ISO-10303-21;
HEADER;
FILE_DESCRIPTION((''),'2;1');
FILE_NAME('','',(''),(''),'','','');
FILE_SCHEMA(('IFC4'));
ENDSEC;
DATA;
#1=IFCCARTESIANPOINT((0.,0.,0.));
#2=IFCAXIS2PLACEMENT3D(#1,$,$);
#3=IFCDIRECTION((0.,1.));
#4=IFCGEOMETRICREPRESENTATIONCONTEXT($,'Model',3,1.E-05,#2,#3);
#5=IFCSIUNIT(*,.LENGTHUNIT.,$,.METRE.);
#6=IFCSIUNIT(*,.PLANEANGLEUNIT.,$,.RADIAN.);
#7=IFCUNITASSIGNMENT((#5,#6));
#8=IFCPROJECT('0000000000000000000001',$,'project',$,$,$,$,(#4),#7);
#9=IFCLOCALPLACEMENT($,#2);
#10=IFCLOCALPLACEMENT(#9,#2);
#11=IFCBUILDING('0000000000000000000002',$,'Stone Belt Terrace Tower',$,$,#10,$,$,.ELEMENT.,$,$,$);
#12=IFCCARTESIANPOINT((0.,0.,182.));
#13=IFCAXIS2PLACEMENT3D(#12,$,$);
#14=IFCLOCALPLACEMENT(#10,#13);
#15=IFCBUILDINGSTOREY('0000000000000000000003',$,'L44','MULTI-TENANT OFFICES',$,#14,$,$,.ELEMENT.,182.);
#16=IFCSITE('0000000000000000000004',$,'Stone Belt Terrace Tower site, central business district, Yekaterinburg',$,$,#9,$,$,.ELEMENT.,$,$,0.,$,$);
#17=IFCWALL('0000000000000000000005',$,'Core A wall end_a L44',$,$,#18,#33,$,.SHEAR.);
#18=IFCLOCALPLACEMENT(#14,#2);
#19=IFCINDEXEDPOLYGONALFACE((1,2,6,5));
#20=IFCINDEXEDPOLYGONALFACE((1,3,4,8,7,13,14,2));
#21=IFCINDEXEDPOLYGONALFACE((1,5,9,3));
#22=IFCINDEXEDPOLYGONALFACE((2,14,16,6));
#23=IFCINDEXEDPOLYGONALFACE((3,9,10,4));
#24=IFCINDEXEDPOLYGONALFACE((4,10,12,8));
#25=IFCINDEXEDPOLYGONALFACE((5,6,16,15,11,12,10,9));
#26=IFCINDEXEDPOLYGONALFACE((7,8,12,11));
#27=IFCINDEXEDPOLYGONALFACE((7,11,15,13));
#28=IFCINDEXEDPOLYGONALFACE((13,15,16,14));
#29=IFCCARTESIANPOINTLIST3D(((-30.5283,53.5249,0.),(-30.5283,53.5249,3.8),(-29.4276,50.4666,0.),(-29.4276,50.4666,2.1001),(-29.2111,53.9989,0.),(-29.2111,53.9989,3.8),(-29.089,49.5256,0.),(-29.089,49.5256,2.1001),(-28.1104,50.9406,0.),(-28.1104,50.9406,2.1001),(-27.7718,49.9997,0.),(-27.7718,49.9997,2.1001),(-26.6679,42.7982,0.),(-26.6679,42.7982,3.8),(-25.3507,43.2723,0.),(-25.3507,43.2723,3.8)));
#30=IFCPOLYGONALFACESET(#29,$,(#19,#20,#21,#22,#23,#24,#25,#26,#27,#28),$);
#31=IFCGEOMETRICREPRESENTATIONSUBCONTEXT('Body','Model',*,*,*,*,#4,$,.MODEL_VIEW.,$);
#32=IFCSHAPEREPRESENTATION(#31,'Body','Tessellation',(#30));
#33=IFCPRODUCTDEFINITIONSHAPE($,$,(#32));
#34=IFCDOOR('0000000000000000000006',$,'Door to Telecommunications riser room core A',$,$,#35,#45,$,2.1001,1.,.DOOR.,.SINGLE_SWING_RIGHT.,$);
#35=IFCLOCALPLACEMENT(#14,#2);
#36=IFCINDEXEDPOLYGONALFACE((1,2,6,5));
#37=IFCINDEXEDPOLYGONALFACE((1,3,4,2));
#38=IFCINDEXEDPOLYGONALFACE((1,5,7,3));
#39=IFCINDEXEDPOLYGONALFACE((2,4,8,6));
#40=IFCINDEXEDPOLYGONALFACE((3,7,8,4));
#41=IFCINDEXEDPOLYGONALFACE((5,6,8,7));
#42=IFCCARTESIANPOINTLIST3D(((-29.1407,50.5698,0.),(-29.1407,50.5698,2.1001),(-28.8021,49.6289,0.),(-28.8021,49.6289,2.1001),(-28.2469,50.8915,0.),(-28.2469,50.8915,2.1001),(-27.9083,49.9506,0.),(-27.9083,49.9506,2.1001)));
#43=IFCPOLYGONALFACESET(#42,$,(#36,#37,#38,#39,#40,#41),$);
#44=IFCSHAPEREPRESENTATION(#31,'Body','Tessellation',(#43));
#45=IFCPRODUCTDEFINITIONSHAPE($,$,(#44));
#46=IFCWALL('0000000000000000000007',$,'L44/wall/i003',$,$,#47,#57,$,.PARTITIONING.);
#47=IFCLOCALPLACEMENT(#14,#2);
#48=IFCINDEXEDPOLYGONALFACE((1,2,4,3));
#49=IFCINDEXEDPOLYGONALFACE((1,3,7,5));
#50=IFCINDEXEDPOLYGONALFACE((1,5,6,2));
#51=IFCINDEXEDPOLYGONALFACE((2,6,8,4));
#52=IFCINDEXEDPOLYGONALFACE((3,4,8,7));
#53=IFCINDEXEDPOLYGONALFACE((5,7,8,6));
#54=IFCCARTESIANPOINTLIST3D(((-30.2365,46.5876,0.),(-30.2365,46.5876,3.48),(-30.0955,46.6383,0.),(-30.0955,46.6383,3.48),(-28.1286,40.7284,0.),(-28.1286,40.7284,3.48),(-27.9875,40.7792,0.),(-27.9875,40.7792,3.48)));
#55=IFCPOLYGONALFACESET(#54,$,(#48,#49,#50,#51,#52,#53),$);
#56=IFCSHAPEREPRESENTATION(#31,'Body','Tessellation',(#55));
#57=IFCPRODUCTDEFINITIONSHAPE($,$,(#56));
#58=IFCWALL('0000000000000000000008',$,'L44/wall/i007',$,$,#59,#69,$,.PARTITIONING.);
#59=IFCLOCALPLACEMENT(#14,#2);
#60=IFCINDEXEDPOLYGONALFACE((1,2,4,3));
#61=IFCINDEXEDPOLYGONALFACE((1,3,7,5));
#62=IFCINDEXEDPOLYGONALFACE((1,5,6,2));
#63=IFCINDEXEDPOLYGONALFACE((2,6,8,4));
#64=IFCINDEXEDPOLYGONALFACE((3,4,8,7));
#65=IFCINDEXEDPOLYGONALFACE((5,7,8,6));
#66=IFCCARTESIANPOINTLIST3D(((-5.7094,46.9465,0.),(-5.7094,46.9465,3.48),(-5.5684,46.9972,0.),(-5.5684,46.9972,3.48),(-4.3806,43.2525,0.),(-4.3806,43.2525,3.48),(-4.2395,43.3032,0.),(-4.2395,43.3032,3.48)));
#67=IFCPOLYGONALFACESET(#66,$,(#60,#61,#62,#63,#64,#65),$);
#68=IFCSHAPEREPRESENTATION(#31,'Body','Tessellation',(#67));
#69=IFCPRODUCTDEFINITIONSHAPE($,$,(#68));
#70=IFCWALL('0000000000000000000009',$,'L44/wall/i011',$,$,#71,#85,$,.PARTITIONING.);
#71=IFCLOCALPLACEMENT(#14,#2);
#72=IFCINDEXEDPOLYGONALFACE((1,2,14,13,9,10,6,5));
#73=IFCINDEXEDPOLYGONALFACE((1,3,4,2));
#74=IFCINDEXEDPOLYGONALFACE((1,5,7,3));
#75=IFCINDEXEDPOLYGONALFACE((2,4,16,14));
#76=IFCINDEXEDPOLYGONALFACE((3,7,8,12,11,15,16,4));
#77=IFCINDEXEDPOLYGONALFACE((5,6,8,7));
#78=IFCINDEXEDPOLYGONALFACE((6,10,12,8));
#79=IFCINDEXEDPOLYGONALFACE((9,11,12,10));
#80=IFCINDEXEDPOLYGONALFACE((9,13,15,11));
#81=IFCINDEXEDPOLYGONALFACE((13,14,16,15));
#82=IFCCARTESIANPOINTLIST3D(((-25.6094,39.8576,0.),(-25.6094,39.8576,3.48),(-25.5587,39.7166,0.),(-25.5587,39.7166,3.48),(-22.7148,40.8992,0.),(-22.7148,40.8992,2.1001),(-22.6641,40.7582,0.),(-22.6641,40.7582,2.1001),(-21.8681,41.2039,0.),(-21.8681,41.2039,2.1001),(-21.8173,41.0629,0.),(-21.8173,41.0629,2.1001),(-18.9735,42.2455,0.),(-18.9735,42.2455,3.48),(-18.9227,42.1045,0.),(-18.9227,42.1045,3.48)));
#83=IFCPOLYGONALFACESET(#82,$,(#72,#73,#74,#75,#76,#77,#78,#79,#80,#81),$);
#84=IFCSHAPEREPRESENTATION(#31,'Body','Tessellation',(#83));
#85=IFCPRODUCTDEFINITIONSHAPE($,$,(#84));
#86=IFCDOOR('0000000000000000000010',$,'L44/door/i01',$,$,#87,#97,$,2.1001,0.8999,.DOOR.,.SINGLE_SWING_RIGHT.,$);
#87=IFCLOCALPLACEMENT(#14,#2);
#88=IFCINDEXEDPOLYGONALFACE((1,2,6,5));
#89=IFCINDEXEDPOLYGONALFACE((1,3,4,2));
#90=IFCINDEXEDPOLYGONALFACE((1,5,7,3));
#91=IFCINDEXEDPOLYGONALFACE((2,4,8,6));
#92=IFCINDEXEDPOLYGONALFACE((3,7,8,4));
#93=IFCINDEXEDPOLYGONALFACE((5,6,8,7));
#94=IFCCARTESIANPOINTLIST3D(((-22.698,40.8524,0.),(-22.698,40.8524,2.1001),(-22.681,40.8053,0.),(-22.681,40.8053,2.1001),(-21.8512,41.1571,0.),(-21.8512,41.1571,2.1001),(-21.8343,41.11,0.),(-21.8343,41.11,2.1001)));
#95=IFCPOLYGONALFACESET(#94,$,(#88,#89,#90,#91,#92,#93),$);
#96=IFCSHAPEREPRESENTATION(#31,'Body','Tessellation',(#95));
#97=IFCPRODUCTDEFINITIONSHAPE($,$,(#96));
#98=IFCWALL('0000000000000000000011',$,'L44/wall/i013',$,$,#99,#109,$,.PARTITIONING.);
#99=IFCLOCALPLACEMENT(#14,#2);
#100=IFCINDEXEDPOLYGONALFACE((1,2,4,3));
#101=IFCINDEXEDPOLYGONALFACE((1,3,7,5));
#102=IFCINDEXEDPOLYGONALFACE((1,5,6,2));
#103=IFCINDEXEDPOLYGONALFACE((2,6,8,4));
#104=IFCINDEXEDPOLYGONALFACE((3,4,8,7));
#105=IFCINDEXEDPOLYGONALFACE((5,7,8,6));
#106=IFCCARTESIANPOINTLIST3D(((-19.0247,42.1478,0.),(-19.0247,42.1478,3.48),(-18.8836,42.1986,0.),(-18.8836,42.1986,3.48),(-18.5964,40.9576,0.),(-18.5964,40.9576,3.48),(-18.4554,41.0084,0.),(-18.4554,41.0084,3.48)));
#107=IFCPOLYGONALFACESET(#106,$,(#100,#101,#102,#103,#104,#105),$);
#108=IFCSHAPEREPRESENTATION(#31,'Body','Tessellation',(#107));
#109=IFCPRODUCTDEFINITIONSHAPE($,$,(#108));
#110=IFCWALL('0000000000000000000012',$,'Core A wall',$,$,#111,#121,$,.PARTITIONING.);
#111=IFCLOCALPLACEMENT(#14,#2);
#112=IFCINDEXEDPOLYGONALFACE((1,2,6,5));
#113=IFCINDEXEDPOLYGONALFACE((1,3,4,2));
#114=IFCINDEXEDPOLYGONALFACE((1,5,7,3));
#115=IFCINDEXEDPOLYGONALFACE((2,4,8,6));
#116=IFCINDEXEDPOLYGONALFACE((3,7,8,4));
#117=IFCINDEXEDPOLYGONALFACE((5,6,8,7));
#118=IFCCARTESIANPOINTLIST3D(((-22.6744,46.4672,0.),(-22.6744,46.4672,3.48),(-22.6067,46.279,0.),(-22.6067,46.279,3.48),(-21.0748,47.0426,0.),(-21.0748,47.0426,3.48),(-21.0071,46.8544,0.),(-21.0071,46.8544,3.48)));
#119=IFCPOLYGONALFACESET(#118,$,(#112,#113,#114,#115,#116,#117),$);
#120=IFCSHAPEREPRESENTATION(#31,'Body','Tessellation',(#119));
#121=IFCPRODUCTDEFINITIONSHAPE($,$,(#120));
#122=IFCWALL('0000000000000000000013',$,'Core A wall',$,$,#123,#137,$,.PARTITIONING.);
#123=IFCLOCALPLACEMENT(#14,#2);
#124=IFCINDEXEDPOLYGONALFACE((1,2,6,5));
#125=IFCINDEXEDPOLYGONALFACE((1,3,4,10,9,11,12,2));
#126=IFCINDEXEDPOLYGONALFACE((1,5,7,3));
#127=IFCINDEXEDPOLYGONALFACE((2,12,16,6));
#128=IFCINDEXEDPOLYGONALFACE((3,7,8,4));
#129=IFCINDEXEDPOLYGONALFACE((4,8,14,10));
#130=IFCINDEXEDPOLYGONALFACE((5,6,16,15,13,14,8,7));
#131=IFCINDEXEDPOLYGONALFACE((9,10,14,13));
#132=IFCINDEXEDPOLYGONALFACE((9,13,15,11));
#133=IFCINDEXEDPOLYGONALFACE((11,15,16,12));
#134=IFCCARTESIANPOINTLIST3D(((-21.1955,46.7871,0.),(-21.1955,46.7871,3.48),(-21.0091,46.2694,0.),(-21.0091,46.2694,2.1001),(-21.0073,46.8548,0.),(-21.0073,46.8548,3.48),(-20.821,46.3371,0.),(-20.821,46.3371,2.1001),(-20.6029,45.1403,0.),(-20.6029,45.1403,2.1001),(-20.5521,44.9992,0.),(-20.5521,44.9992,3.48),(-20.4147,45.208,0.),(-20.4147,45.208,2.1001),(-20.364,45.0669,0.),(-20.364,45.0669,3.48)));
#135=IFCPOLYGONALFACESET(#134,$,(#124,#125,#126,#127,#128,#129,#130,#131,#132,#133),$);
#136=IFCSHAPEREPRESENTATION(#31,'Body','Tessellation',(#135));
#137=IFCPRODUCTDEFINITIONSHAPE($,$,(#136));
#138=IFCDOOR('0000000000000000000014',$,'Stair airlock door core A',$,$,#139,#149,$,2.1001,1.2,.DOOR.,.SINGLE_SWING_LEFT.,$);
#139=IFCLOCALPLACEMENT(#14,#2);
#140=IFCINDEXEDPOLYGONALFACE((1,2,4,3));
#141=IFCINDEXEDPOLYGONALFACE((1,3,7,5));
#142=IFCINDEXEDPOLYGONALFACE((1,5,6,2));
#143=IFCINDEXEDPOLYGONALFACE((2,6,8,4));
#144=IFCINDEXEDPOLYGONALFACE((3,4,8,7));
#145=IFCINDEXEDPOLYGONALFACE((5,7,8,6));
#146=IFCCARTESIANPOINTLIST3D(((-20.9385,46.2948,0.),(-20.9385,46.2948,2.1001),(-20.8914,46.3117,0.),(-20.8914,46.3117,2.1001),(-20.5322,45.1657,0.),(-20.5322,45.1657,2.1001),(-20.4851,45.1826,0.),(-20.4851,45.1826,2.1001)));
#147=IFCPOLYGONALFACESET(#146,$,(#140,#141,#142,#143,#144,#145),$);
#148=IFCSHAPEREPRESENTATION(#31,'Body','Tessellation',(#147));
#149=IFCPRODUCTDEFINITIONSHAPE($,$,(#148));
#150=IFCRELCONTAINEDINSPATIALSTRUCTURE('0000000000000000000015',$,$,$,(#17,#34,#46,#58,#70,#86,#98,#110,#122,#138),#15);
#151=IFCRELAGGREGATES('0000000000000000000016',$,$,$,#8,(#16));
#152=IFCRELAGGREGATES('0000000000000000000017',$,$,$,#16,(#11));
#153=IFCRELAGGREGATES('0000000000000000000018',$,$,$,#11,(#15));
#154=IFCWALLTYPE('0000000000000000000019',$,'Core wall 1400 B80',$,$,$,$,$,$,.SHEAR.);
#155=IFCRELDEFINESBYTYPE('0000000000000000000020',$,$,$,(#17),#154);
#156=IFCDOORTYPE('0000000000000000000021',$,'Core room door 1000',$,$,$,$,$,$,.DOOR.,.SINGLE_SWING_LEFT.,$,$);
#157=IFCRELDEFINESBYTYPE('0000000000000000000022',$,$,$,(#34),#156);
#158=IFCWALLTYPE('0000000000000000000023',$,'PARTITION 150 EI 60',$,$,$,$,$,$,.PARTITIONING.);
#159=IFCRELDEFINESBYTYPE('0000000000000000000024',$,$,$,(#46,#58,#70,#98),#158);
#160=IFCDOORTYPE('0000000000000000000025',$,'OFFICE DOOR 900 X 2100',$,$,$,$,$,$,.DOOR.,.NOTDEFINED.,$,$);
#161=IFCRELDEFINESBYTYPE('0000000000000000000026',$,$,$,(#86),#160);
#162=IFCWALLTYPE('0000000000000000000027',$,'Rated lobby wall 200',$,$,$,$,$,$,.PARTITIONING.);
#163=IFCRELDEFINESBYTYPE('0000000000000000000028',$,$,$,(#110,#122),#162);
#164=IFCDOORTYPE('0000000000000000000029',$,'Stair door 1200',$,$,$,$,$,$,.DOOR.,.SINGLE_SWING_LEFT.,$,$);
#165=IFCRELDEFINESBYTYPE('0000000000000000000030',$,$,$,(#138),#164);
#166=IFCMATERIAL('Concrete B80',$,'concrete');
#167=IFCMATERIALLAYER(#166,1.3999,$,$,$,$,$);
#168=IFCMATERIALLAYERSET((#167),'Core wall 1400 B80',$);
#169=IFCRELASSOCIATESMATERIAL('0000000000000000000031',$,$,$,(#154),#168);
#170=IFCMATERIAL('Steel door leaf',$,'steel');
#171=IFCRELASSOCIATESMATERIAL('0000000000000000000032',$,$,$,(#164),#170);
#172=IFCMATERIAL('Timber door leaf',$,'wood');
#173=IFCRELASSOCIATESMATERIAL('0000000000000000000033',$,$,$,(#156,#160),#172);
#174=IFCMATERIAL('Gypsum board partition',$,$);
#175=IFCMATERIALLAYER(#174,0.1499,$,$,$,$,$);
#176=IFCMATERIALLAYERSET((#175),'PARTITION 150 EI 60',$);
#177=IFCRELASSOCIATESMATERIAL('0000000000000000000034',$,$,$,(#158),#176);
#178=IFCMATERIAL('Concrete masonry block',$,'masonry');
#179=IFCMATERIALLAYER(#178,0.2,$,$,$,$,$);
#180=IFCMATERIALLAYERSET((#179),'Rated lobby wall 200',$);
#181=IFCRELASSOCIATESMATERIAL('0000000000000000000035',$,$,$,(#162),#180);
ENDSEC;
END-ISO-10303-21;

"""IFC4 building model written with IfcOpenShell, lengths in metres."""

from ifc_helpers import new_model, si_unit, direction, frame, frame_2d, origin, place, context, subcontext, project, spatial, rectangle, extrude, material, layer, layer_set, type_object, element, fill, save


model = new_model("IFC4")

# Units and contexts
model_context = context("Model", 3, precision=1e-05, world=origin(), true_north=direction((0.0, 1.0)))
body_context = subcontext(model_context, "Body", "Model", "MODEL_VIEW")
ifc_project = project(units=[si_unit("LENGTHUNIT", "METRE"), si_unit("PLANEANGLEUNIT", "RADIAN")], contexts=[model_context])

# Site, building, storey
site_placement = place(None, origin())
site = spatial("IfcSite", under=ifc_project, at=site_placement, Name="Stone Belt Terrace Tower site, central business district, Yekaterinburg", CompositionType="ELEMENT", RefElevation=0.0)
building_placement = place(site_placement, origin())
building = spatial("IfcBuilding", under=site, at=building_placement, Name="Stone Belt Terrace Tower", CompositionType="ELEMENT")
storey_placement = place(building_placement, frame((0.0, 0.0, 182.0)))
storey = spatial("IfcBuildingStorey", under=building, at=storey_placement, Name="L44", Description="MULTI-TENANT OFFICES", CompositionType="ELEMENT", Elevation=182.0)

# Shared definitions
ifc_material_1 = material(Name="Concrete B80", Category="concrete")

# Shared definitions
ifc_layer_1 = layer(ifc_material_1, 1.3999)
ifc_layer_set_1 = layer_set([ifc_layer_1], Name="Core wall 1400 B80")
wall_type_1 = type_object("IfcWallType", Name="Core wall 1400 B80", PredefinedType="SHEAR", material=ifc_layer_set_1)
ifc_material_2 = material(Name="Timber door leaf", Category="wood")
ifc_material_3 = material(Name="Steel door leaf", Category="steel")
door_type_1 = type_object("IfcDoorType", Name="Stair door 1200", OperationType="SINGLE_SWING_LEFT", PredefinedType="DOOR", material=ifc_material_3)

# Wall, opening, door
wall_1_placement = place(storey_placement, frame((-26.0093, 43.0352, 0.0), z_axis=(0.0, 0.0, 1.0), x_axis=(-0.338625, 0.940921, 0.0)))
wall_1 = element("IfcWall", 1, at=wall_1_placement, inside=storey, type_object=wall_type_1, Name="Core A wall end_a L44", PredefinedType="SHEAR", context=body_context, shape_type="SweptSolid", body=[
    extrude(rectangle(XDim=11.4001, YDim=1.3999, at=frame_2d((5.7002, 0.0))), origin(), (0.0, 0.0, 1.0), 3.8),
])
opening_1_placement = place(wall_1_placement, frame((7.1499, 0.0, 0.0)))
opening_1 = element("IfcOpeningElement", 2, at=opening_1_placement, cuts=wall_1, PredefinedType="OPENING", context=body_context, shape_type="SweptSolid", body=[
    extrude(rectangle(XDim=1.0, YDim=2.1001, at=frame_2d((0.5, 1.05))), frame((0.0, 0.71, 0.0), z_axis=(0.0, -1.0, 0.0), x_axis=(1.0, 0.0, 0.0)), (0.0, 0.0, 1.0), 1.4199),
])
door_type_2 = type_object("IfcDoorType", Name="Core room door 1000", OperationType="SINGLE_SWING_LEFT", PredefinedType="DOOR", material=ifc_material_2)
door_1_placement = place(opening_1_placement, origin())
door_1 = element("IfcDoor", 3, at=door_1_placement, inside=storey, type_object=door_type_2, Name="Door to Telecommunications riser room core A", OperationType="SINGLE_SWING_RIGHT", OverallHeight=2.1001, OverallWidth=1.0, PredefinedType="DOOR", context=body_context, shape_type="SweptSolid", body=[
    extrude(rectangle(XDim=1.0, YDim=2.1001, at=frame_2d((0.5, 1.05))), frame((0.0, 0.395, 0.0), z_axis=(0.0, -1.0, 0.0), x_axis=(1.0, 0.0, 0.0)), (0.0, 0.0, 1.0), 0.95),
])
fill(opening_1, door_1)

# Walls
ifc_material_4 = material(Name="Gypsum board partition")
ifc_layer_2 = layer(ifc_material_4, 0.1499)
ifc_layer_set_2 = layer_set([ifc_layer_2], Name="PARTITION 150 EI 60")
wall_type_2 = type_object("IfcWallType", Name="PARTITION 150 EI 60", PredefinedType="PARTITIONING", material=ifc_layer_set_2)
wall_2_placement = place(storey_placement, frame((-28.0581, 40.7539, 0.0), z_axis=(0.0, 0.0, 1.0), x_axis=(-0.338524, 0.940958, 0.0)))
element("IfcWall", 4, at=wall_2_placement, inside=storey, type_object=wall_type_2, Name="L44/wall/i003", PredefinedType="PARTITIONING", context=body_context, shape_type="SweptSolid", body=[
    extrude(rectangle(XDim=6.2268, YDim=0.1499, at=frame_2d((3.1133, 0.0))), origin(), (0.0, 0.0, 1.0), 3.48),
])
wall_3_placement = place(storey_placement, frame((-4.3101, 43.2778, 0.0), z_axis=(0.0, 0.0, 1.0), x_axis=(-0.33849, 0.94097, 0.0)))
element("IfcWall", 5, at=wall_3_placement, inside=storey, type_object=wall_type_2, Name="L44/wall/i007", PredefinedType="PARTITIONING", context=body_context, shape_type="SweptSolid", body=[
    extrude(rectangle(XDim=3.9258, YDim=0.1499, at=frame_2d((1.9629, 0.0))), origin(), (0.0, 0.0, 1.0), 3.48),
])

# Wall, opening, door
wall_4_placement = place(storey_placement, frame((-18.948, 42.175, 0.0), z_axis=(0.0, 0.0, 1.0), x_axis=(-0.940933, -0.338592, 0.0)))
wall_4 = element("IfcWall", 6, at=wall_4_placement, inside=storey, type_object=wall_type_2, Name="L44/wall/i011", PredefinedType="PARTITIONING", context=body_context, shape_type="SweptSolid", body=[
    extrude(rectangle(XDim=7.0525, YDim=0.1499, at=frame_2d((3.5264, 0.0))), origin(), (0.0, 0.0, 1.0), 3.48),
])
opening_2_placement = place(wall_4_placement, frame((3.0764, 0.0, 0.0)))
opening_2 = element("IfcOpeningElement", 7, at=opening_2_placement, cuts=wall_4, PredefinedType="OPENING", context=body_context, shape_type="SweptSolid", body=[
    extrude(rectangle(XDim=0.8999, YDim=2.1001, at=frame_2d((0.45, 1.05))), frame((0.0, 0.085, 0.0), z_axis=(0.0, -1.0, 0.0), x_axis=(1.0, 0.0, 0.0)), (0.0, 0.0, 1.0), 0.1699),
])
door_type_3 = type_object("IfcDoorType", Name="OFFICE DOOR 900 X 2100", OperationType="NOTDEFINED", PredefinedType="DOOR", material=ifc_material_2)
door_2_placement = place(opening_2_placement, origin())
door_2 = element("IfcDoor", 8, at=door_2_placement, inside=storey, type_object=door_type_3, Name="L44/door/i01", OperationType="SINGLE_SWING_RIGHT", OverallHeight=2.1001, OverallWidth=0.8999, PredefinedType="DOOR", context=body_context, shape_type="SweptSolid", body=[
    extrude(rectangle(XDim=0.8999, YDim=2.1001, at=frame_2d((0.45, 1.05))), frame((0.0, 0.0249, 0.0), z_axis=(0.0, -1.0, 0.0), x_axis=(1.0, 0.0, 0.0)), (0.0, 0.0, 1.0), 0.05),
])
fill(opening_2, door_2)

# Walls
wall_5_placement = place(storey_placement, frame((-18.9541, 42.1731, 0.0), z_axis=(0.0, 0.0, 1.0), x_axis=(0.338549, -0.940949, 0.0)))
element("IfcWall", 9, at=wall_5_placement, inside=storey, type_object=wall_type_2, Name="L44/wall/i013", PredefinedType="PARTITIONING", context=body_context, shape_type="SweptSolid", body=[
    extrude(rectangle(XDim=1.2649, YDim=0.1499, at=frame_2d((0.6323, 0.0))), origin(), (0.0, 0.0, 1.0), 3.48),
])
ifc_material_5 = material(Name="Concrete masonry block", Category="masonry")
ifc_layer_3 = layer(ifc_material_5, 0.2)
ifc_layer_set_3 = layer_set([ifc_layer_3], Name="Rated lobby wall 200")
wall_type_3 = type_object("IfcWallType", Name="Rated lobby wall 200", PredefinedType="PARTITIONING", material=ifc_layer_set_3)
wall_6_placement = place(storey_placement, frame((-22.6406, 46.373, 0.0), z_axis=(0.0, 0.0, 1.0), x_axis=(0.940966, 0.338501, 0.0)))
element("IfcWall", 10, at=wall_6_placement, inside=storey, type_object=wall_type_3, Name="Core A wall", PredefinedType="PARTITIONING", context=body_context, shape_type="SweptSolid", body=[
    extrude(rectangle(XDim=1.7, YDim=0.2, at=frame_2d((0.8501, 0.0))), origin(), (0.0, 0.0, 1.0), 3.48),
])

# Wall, opening, door
wall_7_placement = place(storey_placement, frame((-20.458, 45.033, 0.0), z_axis=(0.0, 0.0, 1.0), x_axis=(-0.338574, 0.94094, 0.0)))
wall_7 = element("IfcWall", 11, at=wall_7_placement, inside=storey, type_object=wall_type_3, Name="Core A wall", PredefinedType="PARTITIONING", context=body_context, shape_type="SweptSolid", body=[
    extrude(rectangle(XDim=1.9001, YDim=0.2, at=frame_2d((0.9502, 0.0))), origin(), (0.0, 0.0, 1.0), 3.48),
])
opening_3_placement = place(wall_7_placement, frame((0.1499, 0.0, 0.0)))
opening_3 = element("IfcOpeningElement", 12, at=opening_3_placement, cuts=wall_7, PredefinedType="OPENING", context=body_context, shape_type="SweptSolid", body=[
    extrude(rectangle(XDim=1.2, YDim=2.1001, at=frame_2d((0.6001, 1.05))), frame((0.0, 0.1099, 0.0), z_axis=(0.0, -1.0, 0.0), x_axis=(1.0, 0.0, 0.0)), (0.0, 0.0, 1.0), 0.22),
])
door_3_placement = place(opening_3_placement, origin())
door_3 = element("IfcDoor", 13, at=door_3_placement, inside=storey, type_object=door_type_1, Name="Stair airlock door core A", OperationType="SINGLE_SWING_LEFT", OverallHeight=2.1001, OverallWidth=1.2, PredefinedType="DOOR", context=body_context, shape_type="SweptSolid", body=[
    extrude(rectangle(XDim=1.2, YDim=2.1001, at=frame_2d((0.6001, 1.05))), frame((0.0, 0.0249, 0.0), z_axis=(0.0, -1.0, 0.0), x_axis=(1.0, 0.0, 0.0)), (0.0, 0.0, 1.0), 0.05),
])
fill(opening_3, door_3)

save(model, "model.ifc")
